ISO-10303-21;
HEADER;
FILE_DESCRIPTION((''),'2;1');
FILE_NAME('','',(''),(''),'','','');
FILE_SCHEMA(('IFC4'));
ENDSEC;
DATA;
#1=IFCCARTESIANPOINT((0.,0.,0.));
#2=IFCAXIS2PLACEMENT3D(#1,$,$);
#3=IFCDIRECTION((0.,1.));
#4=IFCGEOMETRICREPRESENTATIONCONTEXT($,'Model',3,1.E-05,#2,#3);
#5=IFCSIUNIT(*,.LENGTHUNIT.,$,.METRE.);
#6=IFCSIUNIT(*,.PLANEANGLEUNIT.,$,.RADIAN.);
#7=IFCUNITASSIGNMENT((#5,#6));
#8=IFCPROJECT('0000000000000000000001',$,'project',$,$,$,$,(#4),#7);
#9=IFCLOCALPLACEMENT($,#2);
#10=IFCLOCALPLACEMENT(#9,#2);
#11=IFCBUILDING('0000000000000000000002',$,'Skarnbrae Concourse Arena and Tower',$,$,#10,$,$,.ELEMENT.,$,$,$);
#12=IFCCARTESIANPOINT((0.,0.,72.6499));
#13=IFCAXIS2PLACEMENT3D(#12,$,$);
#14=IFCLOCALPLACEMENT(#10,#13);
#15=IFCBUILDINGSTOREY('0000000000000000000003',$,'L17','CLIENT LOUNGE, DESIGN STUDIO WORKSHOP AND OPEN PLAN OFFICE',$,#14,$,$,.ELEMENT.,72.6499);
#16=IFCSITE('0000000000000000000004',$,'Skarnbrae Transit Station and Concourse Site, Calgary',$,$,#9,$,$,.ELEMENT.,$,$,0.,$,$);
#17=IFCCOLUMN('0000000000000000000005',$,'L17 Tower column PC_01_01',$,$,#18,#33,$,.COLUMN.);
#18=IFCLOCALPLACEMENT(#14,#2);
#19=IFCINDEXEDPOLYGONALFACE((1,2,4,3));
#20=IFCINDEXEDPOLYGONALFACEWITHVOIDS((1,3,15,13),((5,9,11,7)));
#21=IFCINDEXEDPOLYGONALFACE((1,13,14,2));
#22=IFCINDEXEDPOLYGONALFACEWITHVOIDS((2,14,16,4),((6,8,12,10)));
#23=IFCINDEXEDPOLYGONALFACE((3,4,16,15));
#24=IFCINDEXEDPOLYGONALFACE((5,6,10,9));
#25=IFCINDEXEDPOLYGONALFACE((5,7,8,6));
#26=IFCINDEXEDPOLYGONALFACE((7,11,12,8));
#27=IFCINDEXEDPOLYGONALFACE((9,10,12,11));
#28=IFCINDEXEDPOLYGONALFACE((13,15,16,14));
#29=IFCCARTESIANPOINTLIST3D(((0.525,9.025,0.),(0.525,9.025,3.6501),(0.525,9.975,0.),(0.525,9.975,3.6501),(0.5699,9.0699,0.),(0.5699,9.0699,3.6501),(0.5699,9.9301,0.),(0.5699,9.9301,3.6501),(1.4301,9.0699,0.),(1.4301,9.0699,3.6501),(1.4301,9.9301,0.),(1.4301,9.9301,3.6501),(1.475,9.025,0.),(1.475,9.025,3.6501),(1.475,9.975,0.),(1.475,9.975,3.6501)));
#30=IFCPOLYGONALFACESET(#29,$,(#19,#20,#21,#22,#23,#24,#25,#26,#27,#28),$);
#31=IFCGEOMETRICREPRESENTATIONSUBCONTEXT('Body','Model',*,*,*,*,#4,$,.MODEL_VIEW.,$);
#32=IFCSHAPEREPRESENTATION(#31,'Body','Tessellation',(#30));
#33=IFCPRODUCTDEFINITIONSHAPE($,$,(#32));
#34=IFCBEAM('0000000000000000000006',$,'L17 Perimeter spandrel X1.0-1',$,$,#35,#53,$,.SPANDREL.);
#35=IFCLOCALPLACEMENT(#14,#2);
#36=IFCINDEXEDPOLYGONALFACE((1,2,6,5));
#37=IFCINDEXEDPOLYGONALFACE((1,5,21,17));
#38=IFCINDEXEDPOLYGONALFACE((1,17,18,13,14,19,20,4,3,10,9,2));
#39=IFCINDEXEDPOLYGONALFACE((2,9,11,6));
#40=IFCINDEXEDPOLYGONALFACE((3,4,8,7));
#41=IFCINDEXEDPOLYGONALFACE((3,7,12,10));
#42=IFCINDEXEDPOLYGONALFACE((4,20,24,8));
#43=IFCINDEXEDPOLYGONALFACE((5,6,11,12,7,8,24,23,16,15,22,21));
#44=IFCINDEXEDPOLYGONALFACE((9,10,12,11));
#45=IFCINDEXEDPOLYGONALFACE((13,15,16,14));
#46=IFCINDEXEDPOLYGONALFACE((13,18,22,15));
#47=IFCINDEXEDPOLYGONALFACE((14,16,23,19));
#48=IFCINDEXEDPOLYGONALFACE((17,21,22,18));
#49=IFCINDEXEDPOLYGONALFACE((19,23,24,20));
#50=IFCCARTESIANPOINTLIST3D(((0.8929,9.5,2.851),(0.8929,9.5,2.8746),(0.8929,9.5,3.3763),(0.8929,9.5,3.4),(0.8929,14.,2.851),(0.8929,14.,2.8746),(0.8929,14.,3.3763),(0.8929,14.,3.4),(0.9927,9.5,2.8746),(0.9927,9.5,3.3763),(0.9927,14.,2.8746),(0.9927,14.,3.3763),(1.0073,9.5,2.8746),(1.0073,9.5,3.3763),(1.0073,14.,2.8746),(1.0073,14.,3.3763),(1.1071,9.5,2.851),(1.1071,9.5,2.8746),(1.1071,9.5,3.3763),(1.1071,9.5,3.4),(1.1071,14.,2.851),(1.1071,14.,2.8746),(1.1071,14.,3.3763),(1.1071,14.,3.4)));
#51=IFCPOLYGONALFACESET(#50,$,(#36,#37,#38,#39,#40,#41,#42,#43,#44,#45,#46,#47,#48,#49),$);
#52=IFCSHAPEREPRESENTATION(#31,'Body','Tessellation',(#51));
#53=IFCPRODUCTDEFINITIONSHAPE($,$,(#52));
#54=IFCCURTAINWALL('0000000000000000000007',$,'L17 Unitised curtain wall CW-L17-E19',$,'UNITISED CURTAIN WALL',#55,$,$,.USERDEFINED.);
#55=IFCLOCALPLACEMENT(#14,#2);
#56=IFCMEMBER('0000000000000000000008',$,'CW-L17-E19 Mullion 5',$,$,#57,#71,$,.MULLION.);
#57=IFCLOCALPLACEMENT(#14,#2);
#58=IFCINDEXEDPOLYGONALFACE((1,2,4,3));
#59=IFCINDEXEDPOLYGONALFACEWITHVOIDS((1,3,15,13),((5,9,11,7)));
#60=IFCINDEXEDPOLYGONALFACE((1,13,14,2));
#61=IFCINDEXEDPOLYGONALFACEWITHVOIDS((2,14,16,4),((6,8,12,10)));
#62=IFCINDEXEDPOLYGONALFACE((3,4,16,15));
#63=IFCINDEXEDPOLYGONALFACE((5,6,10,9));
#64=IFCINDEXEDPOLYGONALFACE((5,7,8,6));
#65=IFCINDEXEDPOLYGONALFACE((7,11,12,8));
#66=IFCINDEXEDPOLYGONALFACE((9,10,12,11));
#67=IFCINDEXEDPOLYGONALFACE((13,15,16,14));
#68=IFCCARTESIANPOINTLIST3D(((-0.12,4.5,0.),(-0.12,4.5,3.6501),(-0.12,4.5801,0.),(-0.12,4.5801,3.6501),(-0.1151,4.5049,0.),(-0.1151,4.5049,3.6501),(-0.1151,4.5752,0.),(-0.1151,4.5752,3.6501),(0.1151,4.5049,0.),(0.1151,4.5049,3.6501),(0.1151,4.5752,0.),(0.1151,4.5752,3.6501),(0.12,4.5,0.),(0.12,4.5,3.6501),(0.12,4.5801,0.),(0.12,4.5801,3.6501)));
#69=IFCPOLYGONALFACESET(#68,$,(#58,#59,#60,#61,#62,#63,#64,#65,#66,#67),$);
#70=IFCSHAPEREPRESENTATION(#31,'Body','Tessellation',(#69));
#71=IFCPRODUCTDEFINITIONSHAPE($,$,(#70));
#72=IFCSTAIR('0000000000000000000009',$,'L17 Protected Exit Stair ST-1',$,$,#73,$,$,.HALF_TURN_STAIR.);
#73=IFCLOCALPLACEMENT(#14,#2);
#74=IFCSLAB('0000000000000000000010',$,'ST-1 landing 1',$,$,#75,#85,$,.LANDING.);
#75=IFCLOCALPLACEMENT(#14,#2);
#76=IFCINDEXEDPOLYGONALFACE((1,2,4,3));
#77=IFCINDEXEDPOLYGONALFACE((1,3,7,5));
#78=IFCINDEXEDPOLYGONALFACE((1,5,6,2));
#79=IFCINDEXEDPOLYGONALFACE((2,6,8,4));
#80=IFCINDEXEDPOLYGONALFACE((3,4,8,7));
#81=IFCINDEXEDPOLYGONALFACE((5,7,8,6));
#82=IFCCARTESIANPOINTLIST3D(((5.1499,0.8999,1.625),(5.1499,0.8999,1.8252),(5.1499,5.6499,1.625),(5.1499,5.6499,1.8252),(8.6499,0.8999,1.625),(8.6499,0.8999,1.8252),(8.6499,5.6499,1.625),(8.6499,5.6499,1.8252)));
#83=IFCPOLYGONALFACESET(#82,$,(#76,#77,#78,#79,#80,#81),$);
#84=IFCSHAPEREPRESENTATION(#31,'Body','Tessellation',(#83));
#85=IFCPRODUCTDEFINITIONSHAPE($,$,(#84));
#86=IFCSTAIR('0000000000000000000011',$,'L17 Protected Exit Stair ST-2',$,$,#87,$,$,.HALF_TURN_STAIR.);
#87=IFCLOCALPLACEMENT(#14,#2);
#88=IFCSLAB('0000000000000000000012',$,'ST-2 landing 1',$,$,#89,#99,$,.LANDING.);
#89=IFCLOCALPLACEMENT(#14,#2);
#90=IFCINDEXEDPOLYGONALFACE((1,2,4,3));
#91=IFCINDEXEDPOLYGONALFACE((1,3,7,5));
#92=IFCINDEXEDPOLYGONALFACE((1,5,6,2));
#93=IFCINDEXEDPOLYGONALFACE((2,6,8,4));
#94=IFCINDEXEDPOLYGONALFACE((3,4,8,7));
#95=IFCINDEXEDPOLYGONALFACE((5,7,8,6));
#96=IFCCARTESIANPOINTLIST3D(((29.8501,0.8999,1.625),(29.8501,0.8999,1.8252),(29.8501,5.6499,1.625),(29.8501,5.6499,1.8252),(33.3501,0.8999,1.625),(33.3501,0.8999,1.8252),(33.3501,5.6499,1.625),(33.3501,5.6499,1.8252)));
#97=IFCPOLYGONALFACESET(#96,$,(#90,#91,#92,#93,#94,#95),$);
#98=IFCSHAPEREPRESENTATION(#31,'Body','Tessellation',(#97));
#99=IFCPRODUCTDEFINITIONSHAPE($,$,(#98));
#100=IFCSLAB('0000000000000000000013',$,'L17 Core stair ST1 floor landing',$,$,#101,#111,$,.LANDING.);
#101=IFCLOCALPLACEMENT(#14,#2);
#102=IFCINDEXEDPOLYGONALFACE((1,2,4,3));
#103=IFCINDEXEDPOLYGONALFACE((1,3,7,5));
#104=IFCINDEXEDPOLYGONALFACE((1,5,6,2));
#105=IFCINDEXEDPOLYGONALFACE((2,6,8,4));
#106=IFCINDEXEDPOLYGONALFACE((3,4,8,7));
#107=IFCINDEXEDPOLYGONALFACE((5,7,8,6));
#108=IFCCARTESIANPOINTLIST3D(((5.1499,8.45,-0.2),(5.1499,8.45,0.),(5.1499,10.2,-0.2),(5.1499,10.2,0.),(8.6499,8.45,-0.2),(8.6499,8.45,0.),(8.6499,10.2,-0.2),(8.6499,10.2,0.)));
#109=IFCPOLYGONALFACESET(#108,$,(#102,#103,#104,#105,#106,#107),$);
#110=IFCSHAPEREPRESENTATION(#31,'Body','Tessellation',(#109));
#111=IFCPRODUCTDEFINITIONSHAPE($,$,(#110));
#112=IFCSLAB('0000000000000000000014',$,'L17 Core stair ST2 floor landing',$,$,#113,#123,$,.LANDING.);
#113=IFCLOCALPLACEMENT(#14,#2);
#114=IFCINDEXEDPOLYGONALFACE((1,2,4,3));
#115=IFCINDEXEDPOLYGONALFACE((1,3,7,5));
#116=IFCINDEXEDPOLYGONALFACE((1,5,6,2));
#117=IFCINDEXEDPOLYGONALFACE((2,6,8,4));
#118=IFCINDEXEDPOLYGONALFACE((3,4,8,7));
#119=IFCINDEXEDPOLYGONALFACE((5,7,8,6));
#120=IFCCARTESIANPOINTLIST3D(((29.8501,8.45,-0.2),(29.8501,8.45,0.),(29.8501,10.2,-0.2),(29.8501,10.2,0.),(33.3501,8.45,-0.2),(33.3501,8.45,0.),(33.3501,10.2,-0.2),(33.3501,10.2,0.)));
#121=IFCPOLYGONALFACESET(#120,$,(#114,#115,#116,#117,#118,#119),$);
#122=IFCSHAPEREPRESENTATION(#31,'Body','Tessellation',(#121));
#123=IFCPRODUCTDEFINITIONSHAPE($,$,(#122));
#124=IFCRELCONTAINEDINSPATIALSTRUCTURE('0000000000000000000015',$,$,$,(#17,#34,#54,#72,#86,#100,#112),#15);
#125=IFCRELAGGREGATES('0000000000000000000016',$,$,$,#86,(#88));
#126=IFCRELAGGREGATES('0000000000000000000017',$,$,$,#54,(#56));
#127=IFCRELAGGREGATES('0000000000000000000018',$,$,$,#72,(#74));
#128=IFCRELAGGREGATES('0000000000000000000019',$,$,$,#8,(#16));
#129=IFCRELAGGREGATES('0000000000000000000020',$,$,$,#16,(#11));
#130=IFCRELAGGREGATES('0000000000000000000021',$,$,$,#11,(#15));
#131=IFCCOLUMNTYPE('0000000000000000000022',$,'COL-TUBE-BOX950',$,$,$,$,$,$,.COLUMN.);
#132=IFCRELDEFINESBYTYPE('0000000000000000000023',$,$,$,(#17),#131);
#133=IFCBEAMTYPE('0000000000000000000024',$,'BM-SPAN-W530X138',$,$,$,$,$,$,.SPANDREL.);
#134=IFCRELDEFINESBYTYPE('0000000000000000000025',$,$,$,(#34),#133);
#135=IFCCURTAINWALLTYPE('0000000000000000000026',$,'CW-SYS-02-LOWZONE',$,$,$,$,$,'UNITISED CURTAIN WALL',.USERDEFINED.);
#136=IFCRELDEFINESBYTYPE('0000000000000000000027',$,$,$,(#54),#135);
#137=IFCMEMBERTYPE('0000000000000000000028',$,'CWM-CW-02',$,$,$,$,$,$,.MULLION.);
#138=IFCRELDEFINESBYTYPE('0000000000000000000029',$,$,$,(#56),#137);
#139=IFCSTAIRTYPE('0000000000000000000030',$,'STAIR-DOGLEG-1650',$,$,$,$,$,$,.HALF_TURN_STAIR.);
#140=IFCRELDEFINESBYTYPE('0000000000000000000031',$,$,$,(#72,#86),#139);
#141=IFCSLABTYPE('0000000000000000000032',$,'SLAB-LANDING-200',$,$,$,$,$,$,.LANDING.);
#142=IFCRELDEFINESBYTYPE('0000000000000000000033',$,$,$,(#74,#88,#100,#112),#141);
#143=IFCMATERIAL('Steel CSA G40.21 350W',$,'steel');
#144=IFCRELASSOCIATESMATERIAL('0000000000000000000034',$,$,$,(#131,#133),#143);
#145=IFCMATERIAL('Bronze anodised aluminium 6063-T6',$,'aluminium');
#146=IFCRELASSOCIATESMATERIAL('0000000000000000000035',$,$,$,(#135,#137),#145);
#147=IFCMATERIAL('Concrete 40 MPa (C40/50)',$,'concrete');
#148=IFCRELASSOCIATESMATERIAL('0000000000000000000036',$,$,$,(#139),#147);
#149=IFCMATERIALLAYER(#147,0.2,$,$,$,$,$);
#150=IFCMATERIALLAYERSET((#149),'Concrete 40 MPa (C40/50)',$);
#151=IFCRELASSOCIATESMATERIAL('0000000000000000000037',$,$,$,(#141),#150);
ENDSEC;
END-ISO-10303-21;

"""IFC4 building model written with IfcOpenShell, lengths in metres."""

from ifc_helpers import new_model, si_unit, direction, frame, origin, origin_2d, place, context, subcontext, project, spatial, polyline, hollow_rectangle, i_section, outline, extrude, source, transform, mapped, material, layer, layer_set, material_profile, profile_set, type_object, element, aggregate, save


model = new_model("IFC4")

# Units and contexts
model_context = context("Model", 3, precision=1e-05, world=origin(), true_north=direction((0.0, 1.0)))
body_context = subcontext(model_context, "Body", "Model", "MODEL_VIEW")
ifc_project = project(units=[si_unit("LENGTHUNIT", "METRE"), si_unit("PLANEANGLEUNIT", "RADIAN")], contexts=[model_context])

# Site, building, storey
site_placement = place(None, origin())
site = spatial("IfcSite", under=ifc_project, at=site_placement, Name="Skarnbrae Transit Station and Concourse Site, Calgary", CompositionType="ELEMENT", RefElevation=0.0)
building_placement = place(site_placement, origin())
building = spatial("IfcBuilding", under=site, at=building_placement, Name="Skarnbrae Concourse Arena and Tower", CompositionType="ELEMENT")
storey_placement = place(building_placement, frame((0.0, 0.0, 72.6499)))
storey = spatial("IfcBuildingStorey", under=building, at=storey_placement, Name="L17", Description="CLIENT LOUNGE, DESIGN STUDIO WORKSHOP AND OPEN PLAN OFFICE", CompositionType="ELEMENT", Elevation=72.6499)

# Column
ifc_material_1 = material(Name="Steel CSA G40.21 350W", Category="steel")
ifc_material_profile_1 = material_profile(ifc_material_1, hollow_rectangle(XDim=0.95, YDim=0.95, WallThickness=0.0449, at=origin_2d()), Name="BOX950X950X45")
ifc_profile_set_1 = profile_set([ifc_material_profile_1], Name="Steel CSA G40.21 350W")
column_type = type_object("IfcColumnType", Name="COL-TUBE-BOX950", PredefinedType="COLUMN", material=ifc_profile_set_1)
shared_shape_1 = source(origin(), body_context, "Body", "SweptSolid", [
    extrude(hollow_rectangle(XDim=0.95, YDim=0.95, WallThickness=0.0449, at=origin_2d()), origin(), (0.0, 0.0, 1.0), 3.6501),
])
column_placement = place(storey_placement, frame((1.0, 9.5, 0.0), z_axis=(0.0, 0.0, 1.0), x_axis=(1.0, 0.0, 0.0)))
element("IfcColumn", 1, at=column_placement, inside=storey, type_object=column_type, Name="L17 Tower column PC_01_01", PredefinedType="COLUMN", context=body_context, shape_type="MappedRepresentation", body=[
    mapped(shared_shape_1, transform((0.0, 0.0, 0.0))),
])

# Beam
ifc_material_profile_2 = material_profile(ifc_material_1, i_section(OverallWidth=0.2141, OverallDepth=0.5491, WebThickness=0.0146, FlangeThickness=0.0237, at=origin_2d()), Name="W530X138")
ifc_profile_set_2 = profile_set([ifc_material_profile_2], Name="Steel CSA G40.21 350W")
beam_type = type_object("IfcBeamType", Name="BM-SPAN-W530X138", PredefinedType="SPANDREL", material=ifc_profile_set_2)
shared_shape_2 = source(origin(), body_context, "Body", "SweptSolid", [
    extrude(i_section(OverallWidth=0.2141, OverallDepth=0.5491, WebThickness=0.0146, FlangeThickness=0.0237, at=origin_2d()), origin(), (0.0, 0.0, 1.0), 4.5),
])
beam_placement = place(storey_placement, frame((1.0, 9.5, 3.1255), z_axis=(0.0, 1.0, 0.0), x_axis=(-1.0, 0.0, 0.0)))
element("IfcBeam", 2, at=beam_placement, inside=storey, type_object=beam_type, Name="L17 Perimeter spandrel X1.0-1", PredefinedType="SPANDREL", context=body_context, shape_type="MappedRepresentation", body=[
    mapped(shared_shape_2, transform((0.0, 0.0, 0.0))),
])

# Curtain wall, member
ifc_material_2 = material(Name="Bronze anodised aluminium 6063-T6", Category="aluminium")
curtain_wall_type = type_object("IfcCurtainWallType", Name="CW-SYS-02-LOWZONE", ElementType="UNITISED CURTAIN WALL", PredefinedType="USERDEFINED", material=ifc_material_2)
curtain_wall_placement = place(storey_placement, origin())
curtain_wall = element("IfcCurtainWall", 3, at=curtain_wall_placement, inside=storey, type_object=curtain_wall_type, Name="L17 Unitised curtain wall CW-L17-E19", ObjectType="UNITISED CURTAIN WALL", PredefinedType="USERDEFINED")
ifc_material_profile_3 = material_profile(ifc_material_2, hollow_rectangle(XDim=0.0801, YDim=0.24, WallThickness=0.0049, at=origin_2d()), Name="ALU-MULL-80X240")
ifc_profile_set_3 = profile_set([ifc_material_profile_3], Name="Bronze anodised aluminium 6063-T6")
member_type = type_object("IfcMemberType", Name="CWM-CW-02", PredefinedType="MULLION", material=ifc_profile_set_3)
shared_shape_3 = source(origin(), body_context, "Body", "SweptSolid", [
    extrude(hollow_rectangle(XDim=0.0801, YDim=0.24, WallThickness=0.0049, at=origin_2d()), origin(), (0.0, 0.0, 1.0), 3.6501),
])
member_placement = place(storey_placement, frame((0.0, 4.54, 0.0), z_axis=(0.0, 0.0, 1.0), x_axis=(0.0, -1.0, 0.0)))
member = element("IfcMember", 4, at=member_placement, type_object=member_type, Name="CW-L17-E19 Mullion 5", PredefinedType="MULLION", context=body_context, shape_type="MappedRepresentation", body=[
    mapped(shared_shape_3, transform((0.0, 0.0, 0.0))),
])

# Stairs, slabs
ifc_material_3 = material(Name="Concrete 40 MPa (C40/50)", Category="concrete")
stair_type = type_object("IfcStairType", Name="STAIR-DOGLEG-1650", PredefinedType="HALF_TURN_STAIR", material=ifc_material_3)
stair_1_placement = place(storey_placement, origin())
stair_1 = element("IfcStair", 5, at=stair_1_placement, inside=storey, type_object=stair_type, Name="L17 Protected Exit Stair ST-1", PredefinedType="HALF_TURN_STAIR")
ifc_layer_1 = layer(ifc_material_3, 0.2)
ifc_layer_set_1 = layer_set([ifc_layer_1], Name="Concrete 40 MPa (C40/50)")
slab_type_1 = type_object("IfcSlabType", Name="SLAB-LANDING-200", PredefinedType="LANDING", material=ifc_layer_set_1)
slab_1_placement = place(storey_placement, frame((0.0, 0.0, 1.625)))
slab_1 = element("IfcSlab", 6, at=slab_1_placement, type_object=slab_type_1, Name="ST-1 landing 1", PredefinedType="LANDING", context=body_context, shape_type="SweptSolid", body=[
    extrude(outline(polyline([(5.1499, 5.6499), (5.1499, 0.8999), (8.6499, 0.8999), (8.6499, 5.6499), (5.1499, 5.6499)])), origin(), (0.0, 0.0, 1.0), 0.2002),
])
stair_2_placement = place(storey_placement, origin())
stair_2 = element("IfcStair", 7, at=stair_2_placement, inside=storey, type_object=stair_type, Name="L17 Protected Exit Stair ST-2", PredefinedType="HALF_TURN_STAIR")
slab_2_placement = place(storey_placement, frame((0.0, 0.0, 1.625)))
slab_2 = element("IfcSlab", 8, at=slab_2_placement, type_object=slab_type_1, Name="ST-2 landing 1", PredefinedType="LANDING", context=body_context, shape_type="SweptSolid", body=[
    extrude(outline(polyline([(29.8501, 5.6499), (29.8501, 0.8999), (33.3501, 0.8999), (33.3501, 5.6499), (29.8501, 5.6499)])), origin(), (0.0, 0.0, 1.0), 0.2002),
])
aggregate(stair_2, [slab_2])

# Slabs
slab_3_placement = place(storey_placement, frame((0.0, 0.0, -0.2)))
element("IfcSlab", 9, at=slab_3_placement, inside=storey, type_object=slab_type_1, Name="L17 Core stair ST1 floor landing", PredefinedType="LANDING", context=body_context, shape_type="SweptSolid", body=[
    extrude(outline(polyline([(5.1499, 10.2), (5.1499, 8.45), (8.6499, 8.45), (8.6499, 10.2), (5.1499, 10.2)])), origin(), (0.0, 0.0, 1.0), 0.2),
])
slab_4_placement = place(storey_placement, frame((0.0, 0.0, -0.2)))
element("IfcSlab", 10, at=slab_4_placement, inside=storey, type_object=slab_type_1, Name="L17 Core stair ST2 floor landing", PredefinedType="LANDING", context=body_context, shape_type="SweptSolid", body=[
    extrude(outline(polyline([(29.8501, 10.2), (29.8501, 8.45), (33.3501, 8.45), (33.3501, 10.2), (29.8501, 10.2)])), origin(), (0.0, 0.0, 1.0), 0.2),
])

aggregate(curtain_wall, [member])

aggregate(stair_1, [slab_1])

save(model, "model.ifc")
